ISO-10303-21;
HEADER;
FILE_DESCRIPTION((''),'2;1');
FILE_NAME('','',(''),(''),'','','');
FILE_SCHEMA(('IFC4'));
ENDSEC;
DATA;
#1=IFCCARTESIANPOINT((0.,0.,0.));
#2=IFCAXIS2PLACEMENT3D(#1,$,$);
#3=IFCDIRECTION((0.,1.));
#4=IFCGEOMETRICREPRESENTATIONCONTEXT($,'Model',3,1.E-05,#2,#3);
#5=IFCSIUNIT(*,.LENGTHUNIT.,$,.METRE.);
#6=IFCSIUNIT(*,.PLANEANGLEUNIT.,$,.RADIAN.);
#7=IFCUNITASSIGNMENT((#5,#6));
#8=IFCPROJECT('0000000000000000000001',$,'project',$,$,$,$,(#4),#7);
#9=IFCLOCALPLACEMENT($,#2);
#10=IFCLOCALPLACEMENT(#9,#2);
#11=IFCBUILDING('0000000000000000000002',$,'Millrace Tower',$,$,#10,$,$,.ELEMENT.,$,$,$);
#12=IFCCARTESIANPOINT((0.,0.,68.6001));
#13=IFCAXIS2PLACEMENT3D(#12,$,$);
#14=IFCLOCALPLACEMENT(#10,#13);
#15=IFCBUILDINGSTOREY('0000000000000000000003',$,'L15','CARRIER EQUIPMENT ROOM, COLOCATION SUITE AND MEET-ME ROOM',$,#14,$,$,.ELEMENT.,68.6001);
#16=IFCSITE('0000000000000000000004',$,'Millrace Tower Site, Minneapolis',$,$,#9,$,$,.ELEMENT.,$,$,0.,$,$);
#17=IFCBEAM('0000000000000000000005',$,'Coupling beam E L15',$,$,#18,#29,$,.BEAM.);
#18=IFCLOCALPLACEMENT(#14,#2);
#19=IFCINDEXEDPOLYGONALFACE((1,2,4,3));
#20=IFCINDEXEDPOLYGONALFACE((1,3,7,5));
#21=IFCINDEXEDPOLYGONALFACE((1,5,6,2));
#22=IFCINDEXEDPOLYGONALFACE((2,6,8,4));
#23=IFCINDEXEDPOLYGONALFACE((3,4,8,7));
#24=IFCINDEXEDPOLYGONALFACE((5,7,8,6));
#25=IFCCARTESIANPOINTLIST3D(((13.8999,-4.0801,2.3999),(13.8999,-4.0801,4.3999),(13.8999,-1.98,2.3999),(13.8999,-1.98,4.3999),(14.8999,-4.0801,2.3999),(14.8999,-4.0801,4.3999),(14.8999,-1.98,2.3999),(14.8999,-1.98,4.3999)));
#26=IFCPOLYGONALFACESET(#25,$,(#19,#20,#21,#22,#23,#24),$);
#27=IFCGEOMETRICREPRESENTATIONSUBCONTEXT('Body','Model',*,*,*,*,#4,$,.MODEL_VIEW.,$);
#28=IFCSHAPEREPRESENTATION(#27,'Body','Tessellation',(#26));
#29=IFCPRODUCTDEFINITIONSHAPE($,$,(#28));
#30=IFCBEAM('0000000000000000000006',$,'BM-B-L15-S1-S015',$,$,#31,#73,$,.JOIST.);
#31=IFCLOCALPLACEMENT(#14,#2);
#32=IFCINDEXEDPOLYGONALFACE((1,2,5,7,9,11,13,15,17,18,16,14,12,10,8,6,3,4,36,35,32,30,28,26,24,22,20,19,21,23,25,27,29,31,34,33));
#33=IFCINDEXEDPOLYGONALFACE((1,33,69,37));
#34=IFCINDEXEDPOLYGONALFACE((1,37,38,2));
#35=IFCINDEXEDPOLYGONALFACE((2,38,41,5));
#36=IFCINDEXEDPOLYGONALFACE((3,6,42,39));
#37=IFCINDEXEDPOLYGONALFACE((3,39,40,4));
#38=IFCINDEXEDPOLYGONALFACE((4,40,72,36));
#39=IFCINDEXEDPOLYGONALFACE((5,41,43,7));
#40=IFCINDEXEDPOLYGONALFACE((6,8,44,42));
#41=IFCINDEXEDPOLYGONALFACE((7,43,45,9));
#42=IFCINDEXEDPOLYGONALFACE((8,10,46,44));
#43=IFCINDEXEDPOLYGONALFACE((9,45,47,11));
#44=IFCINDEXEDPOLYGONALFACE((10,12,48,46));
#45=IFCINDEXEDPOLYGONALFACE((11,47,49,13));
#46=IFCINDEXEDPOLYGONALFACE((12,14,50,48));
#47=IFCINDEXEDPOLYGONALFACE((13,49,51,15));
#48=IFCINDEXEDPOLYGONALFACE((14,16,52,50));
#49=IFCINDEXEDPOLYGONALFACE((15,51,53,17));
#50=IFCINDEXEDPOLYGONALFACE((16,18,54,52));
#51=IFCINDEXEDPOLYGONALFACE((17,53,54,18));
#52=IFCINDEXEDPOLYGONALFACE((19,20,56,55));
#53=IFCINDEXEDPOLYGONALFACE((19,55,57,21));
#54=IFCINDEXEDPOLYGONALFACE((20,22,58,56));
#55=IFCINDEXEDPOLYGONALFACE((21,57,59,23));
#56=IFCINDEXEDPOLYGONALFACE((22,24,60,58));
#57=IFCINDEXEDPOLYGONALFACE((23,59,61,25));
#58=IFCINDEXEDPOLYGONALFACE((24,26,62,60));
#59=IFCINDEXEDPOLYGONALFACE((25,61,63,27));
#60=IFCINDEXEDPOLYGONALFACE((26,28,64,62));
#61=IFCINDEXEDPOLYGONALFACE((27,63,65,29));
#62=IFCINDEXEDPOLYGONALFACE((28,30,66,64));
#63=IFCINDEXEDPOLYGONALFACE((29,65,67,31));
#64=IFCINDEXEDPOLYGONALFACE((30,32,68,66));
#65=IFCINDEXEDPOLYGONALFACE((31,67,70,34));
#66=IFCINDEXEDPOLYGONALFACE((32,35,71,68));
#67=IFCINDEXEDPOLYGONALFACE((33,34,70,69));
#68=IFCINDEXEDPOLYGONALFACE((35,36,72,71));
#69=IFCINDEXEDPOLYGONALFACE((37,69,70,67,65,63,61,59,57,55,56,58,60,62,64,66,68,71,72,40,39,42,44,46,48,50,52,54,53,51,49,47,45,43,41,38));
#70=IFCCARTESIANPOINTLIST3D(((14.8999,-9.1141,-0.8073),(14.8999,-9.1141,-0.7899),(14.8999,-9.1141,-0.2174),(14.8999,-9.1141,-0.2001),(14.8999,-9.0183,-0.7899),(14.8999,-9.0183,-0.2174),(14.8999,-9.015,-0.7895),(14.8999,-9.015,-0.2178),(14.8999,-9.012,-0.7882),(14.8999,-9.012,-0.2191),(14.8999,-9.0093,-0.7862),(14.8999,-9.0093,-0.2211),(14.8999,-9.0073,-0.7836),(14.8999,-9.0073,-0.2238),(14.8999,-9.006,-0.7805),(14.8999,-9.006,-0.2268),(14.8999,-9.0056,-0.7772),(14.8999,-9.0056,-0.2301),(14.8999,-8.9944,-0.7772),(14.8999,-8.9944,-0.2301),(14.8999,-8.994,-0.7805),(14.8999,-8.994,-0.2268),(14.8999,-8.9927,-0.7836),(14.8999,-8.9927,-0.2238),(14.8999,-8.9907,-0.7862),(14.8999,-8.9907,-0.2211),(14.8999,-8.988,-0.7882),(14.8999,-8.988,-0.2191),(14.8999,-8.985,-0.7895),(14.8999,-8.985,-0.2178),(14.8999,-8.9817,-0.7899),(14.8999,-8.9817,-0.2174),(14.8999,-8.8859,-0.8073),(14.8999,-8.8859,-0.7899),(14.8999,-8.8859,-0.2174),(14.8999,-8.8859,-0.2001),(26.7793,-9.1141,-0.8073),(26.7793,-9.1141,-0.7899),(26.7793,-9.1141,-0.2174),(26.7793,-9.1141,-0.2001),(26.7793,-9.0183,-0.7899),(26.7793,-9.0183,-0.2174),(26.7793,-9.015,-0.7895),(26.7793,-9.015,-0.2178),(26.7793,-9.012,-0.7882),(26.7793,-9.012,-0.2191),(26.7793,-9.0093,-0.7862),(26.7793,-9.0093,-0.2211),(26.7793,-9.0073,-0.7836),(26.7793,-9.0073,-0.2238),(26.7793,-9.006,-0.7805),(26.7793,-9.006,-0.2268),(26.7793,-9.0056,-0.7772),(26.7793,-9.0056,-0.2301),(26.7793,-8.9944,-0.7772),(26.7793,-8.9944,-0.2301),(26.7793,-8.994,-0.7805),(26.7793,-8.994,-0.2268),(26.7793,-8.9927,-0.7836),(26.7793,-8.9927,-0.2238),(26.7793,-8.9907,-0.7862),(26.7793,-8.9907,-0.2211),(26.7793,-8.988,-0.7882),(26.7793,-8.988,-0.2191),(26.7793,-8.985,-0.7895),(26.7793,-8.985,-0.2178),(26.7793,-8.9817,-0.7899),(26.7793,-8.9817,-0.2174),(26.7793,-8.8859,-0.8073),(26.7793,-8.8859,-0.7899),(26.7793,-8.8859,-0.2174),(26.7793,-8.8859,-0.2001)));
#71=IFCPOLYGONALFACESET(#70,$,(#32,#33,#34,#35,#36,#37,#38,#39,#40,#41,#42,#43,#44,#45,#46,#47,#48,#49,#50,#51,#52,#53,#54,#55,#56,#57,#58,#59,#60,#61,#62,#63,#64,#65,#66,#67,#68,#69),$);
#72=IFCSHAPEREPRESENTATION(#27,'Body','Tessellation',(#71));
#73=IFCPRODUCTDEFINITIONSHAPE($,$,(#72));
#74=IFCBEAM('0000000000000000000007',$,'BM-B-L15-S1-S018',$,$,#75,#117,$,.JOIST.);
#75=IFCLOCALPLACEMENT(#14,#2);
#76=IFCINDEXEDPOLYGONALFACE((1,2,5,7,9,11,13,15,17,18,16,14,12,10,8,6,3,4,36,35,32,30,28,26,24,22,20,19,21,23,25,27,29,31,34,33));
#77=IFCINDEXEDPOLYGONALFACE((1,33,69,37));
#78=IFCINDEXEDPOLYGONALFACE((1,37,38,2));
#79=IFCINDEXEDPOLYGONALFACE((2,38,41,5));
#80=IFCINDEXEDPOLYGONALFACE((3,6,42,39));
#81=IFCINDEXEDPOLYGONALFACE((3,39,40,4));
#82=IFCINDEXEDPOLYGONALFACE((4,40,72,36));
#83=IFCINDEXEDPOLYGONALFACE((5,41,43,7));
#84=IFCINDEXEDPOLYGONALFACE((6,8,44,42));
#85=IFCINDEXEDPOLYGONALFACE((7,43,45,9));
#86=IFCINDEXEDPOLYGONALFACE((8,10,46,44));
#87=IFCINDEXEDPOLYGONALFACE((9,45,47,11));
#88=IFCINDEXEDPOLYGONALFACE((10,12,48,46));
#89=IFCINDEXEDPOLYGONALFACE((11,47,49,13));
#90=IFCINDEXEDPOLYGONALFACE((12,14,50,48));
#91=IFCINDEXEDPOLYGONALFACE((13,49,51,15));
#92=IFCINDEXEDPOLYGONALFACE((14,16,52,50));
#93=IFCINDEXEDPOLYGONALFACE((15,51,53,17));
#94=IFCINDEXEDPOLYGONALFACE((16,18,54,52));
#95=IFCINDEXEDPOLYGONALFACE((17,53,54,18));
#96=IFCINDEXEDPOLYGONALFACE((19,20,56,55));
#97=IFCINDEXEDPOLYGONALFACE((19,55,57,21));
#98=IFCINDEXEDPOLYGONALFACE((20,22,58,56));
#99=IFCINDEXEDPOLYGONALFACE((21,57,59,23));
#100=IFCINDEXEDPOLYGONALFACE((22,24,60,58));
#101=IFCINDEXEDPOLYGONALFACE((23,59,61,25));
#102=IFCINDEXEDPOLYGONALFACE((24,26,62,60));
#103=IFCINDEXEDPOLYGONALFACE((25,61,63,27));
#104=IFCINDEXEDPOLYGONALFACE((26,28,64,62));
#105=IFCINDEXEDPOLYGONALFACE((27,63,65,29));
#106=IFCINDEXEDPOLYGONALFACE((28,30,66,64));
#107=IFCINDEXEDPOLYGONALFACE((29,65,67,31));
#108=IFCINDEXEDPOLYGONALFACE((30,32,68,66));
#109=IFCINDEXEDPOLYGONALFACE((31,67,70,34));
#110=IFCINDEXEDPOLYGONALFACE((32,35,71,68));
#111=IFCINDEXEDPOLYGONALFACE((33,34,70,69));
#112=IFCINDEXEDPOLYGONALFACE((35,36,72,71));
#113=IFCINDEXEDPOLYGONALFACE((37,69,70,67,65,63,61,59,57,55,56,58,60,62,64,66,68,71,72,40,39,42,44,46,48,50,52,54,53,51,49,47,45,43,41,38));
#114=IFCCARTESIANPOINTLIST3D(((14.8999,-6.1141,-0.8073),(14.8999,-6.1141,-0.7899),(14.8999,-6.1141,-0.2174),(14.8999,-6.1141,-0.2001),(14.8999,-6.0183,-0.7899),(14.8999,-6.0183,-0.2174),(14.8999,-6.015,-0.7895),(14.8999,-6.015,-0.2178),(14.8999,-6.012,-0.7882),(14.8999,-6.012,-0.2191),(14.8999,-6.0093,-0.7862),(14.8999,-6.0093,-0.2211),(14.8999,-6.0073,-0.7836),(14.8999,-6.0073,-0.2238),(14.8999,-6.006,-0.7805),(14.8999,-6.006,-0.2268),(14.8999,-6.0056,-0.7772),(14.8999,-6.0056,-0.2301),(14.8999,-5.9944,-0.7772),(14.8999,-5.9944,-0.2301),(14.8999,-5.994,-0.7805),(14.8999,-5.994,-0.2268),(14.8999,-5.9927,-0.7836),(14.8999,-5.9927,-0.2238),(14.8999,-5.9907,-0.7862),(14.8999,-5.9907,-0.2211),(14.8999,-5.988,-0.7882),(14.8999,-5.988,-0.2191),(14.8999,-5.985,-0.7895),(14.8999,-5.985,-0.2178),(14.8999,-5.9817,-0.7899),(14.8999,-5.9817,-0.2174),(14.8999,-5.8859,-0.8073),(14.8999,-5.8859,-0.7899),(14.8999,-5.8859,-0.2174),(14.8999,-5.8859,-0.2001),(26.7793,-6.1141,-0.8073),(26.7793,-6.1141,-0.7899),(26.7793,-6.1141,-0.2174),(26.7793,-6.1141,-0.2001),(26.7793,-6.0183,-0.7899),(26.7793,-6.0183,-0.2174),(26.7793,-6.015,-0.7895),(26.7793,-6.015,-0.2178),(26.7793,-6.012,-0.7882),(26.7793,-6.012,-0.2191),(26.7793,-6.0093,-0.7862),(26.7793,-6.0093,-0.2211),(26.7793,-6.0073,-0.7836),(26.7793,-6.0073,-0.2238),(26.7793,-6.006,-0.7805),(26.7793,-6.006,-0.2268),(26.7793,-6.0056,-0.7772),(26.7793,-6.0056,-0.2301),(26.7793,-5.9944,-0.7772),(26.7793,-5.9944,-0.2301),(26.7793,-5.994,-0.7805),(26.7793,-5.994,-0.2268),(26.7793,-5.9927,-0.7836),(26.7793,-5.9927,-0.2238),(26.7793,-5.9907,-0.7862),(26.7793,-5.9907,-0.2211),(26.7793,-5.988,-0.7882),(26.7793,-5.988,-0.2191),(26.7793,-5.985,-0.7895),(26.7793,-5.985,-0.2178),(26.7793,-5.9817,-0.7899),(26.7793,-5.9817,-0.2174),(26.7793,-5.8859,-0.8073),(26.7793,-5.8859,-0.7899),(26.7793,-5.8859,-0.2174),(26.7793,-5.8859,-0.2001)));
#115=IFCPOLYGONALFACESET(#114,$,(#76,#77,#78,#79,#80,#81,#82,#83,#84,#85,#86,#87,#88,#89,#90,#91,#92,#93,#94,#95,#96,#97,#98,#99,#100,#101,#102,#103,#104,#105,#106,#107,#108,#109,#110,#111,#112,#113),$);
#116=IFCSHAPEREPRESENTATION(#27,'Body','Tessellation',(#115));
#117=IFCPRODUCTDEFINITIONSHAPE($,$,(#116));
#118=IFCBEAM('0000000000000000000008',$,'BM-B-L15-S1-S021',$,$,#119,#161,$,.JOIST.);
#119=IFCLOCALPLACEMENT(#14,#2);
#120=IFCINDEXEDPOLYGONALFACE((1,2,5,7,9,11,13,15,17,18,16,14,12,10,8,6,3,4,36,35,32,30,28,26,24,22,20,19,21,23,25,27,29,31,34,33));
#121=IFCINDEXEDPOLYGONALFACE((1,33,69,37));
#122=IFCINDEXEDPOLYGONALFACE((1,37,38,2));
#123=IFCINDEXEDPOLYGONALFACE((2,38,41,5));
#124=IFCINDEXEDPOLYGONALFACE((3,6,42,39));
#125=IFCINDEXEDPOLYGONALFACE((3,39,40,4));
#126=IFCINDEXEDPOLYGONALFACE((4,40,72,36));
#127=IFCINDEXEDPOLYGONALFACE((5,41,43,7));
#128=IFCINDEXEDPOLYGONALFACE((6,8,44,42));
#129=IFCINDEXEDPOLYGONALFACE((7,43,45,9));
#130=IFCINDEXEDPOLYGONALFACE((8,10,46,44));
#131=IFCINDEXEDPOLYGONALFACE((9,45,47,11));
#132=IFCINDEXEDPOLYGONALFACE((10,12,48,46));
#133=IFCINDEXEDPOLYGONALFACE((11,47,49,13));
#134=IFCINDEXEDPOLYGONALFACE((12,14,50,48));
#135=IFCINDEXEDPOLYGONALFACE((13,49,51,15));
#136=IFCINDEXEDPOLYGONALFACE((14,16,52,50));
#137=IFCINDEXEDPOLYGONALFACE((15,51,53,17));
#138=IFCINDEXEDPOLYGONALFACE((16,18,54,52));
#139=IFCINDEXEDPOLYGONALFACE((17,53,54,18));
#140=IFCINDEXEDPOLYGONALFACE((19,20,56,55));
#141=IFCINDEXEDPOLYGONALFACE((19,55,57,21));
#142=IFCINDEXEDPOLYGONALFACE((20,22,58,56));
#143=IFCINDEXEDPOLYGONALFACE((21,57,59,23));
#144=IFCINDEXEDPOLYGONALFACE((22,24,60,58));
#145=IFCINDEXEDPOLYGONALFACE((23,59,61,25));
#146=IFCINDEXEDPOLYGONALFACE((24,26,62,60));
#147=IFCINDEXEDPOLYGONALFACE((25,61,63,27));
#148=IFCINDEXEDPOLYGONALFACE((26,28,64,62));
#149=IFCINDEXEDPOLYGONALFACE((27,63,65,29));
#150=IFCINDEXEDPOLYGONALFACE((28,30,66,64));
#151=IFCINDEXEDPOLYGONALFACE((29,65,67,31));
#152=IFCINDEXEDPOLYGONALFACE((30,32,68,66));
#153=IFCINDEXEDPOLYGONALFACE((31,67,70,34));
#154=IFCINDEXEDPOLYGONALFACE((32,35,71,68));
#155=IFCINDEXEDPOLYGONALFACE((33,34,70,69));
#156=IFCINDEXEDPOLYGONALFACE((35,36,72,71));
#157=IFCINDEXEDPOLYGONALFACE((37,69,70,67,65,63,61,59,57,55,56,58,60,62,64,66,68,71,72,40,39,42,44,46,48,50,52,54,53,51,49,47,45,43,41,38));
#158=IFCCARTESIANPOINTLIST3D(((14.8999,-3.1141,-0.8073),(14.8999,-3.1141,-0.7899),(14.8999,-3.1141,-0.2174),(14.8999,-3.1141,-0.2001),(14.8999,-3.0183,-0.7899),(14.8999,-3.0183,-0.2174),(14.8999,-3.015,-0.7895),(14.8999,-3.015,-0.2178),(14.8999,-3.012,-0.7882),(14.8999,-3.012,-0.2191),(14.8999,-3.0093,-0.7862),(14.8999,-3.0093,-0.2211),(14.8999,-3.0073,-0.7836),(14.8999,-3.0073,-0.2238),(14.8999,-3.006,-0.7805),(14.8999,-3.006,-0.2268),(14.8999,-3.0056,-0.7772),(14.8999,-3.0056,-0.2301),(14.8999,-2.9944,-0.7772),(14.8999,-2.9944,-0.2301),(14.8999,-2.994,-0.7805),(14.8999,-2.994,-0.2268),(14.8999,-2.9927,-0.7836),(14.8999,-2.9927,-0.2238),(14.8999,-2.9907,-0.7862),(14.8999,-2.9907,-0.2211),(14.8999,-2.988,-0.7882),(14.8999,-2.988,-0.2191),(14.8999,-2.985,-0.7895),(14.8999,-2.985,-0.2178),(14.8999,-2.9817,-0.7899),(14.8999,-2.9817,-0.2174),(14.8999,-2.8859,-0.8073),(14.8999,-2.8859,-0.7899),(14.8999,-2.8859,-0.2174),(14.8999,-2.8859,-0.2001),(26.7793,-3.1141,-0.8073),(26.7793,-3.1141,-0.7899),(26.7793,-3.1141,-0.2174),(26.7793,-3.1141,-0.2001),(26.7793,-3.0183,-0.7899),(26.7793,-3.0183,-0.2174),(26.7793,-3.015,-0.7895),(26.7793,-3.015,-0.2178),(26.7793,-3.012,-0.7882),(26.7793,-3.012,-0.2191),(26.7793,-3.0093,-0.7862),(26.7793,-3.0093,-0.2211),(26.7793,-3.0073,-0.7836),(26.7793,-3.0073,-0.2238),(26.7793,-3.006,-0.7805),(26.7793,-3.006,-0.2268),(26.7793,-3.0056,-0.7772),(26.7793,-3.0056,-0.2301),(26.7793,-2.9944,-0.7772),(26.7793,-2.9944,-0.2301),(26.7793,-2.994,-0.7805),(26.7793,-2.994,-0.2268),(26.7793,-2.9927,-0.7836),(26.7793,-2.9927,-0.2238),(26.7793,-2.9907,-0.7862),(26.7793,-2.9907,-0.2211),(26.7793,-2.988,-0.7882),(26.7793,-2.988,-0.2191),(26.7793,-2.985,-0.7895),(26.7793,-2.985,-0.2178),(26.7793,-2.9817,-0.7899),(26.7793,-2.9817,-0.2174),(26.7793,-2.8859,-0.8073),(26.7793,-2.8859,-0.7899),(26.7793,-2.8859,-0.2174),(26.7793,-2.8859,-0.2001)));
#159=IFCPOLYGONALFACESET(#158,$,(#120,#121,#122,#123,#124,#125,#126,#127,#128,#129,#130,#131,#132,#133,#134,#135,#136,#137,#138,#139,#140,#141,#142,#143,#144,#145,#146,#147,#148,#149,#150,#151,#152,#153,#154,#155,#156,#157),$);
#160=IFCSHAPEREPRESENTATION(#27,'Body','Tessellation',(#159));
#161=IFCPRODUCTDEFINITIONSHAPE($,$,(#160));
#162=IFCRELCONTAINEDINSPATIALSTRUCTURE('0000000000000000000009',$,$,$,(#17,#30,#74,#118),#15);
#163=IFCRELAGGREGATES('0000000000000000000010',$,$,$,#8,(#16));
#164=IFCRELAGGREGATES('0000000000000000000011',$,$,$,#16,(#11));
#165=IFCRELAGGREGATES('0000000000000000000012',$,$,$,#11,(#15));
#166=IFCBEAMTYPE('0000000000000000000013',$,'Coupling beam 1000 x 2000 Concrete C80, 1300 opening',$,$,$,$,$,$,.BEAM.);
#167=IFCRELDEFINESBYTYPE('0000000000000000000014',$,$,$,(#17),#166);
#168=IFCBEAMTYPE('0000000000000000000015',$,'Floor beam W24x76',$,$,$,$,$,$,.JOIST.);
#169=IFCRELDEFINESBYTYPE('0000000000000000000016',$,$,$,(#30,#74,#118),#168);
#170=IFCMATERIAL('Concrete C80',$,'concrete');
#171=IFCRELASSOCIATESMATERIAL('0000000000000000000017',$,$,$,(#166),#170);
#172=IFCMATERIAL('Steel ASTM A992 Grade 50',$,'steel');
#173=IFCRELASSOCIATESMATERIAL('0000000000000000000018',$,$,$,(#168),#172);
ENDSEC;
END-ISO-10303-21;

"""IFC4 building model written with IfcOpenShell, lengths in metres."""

from ifc_helpers import new_model, si_unit, direction, frame, origin, origin_2d, place, context, subcontext, project, spatial, rectangle, i_section, extrude, material, material_profile, profile_set, type_object, element, save


model = new_model("IFC4")

# Units and contexts
model_context = context("Model", 3, precision=1e-05, world=origin(), true_north=direction((0.0, 1.0)))
body_context = subcontext(model_context, "Body", "Model", "MODEL_VIEW")
ifc_project = project(units=[si_unit("LENGTHUNIT", "METRE"), si_unit("PLANEANGLEUNIT", "RADIAN")], contexts=[model_context])

# Site, building, storey
site_placement = place(None, origin())
site = spatial("IfcSite", under=ifc_project, at=site_placement, Name="Millrace Tower Site, Minneapolis", CompositionType="ELEMENT", RefElevation=0.0)
building_placement = place(site_placement, origin())
building = spatial("IfcBuilding", under=site, at=building_placement, Name="Millrace Tower", CompositionType="ELEMENT")
storey_placement = place(building_placement, frame((0.0, 0.0, 68.6001)))
storey = spatial("IfcBuildingStorey", under=building, at=storey_placement, Name="L15", Description="CARRIER EQUIPMENT ROOM, COLOCATION SUITE AND MEET-ME ROOM", CompositionType="ELEMENT", Elevation=68.6001)

# Beams
ifc_material_1 = material(Name="Concrete C80", Category="concrete")
ifc_material_profile_1 = material_profile(ifc_material_1, rectangle(XDim=1.0, YDim=2.0, at=origin_2d()))
ifc_profile_set_1 = profile_set([ifc_material_profile_1], Name="Concrete C80")
beam_type_1 = type_object("IfcBeamType", Name="Coupling beam 1000 x 2000 Concrete C80, 1300 opening", PredefinedType="BEAM", material=ifc_profile_set_1)
beam_placement = place(storey_placement, frame((14.3999, -1.98, 3.3999), z_axis=(0.0, -1.0, 0.0), x_axis=(1.0, 0.0, 0.0)))
element("IfcBeam", 1, at=beam_placement, inside=storey, type_object=beam_type_1, Name="Coupling beam E L15", PredefinedType="BEAM", context=body_context, shape_type="SweptSolid", body=[
    extrude(rectangle(XDim=1.0, YDim=2.0, at=origin_2d()), origin(), (0.0, 0.0, 1.0), 2.1001),
])
ifc_material_2 = material(Name="Steel ASTM A992 Grade 50", Category="steel")
ifc_material_profile_2 = material_profile(ifc_material_2, i_section(OverallWidth=0.2283, OverallDepth=0.6072, WebThickness=0.0112, FlangeThickness=0.0173, FilletRadius=0.0127, at=origin_2d()))
ifc_profile_set_2 = profile_set([ifc_material_profile_2], Name="Steel ASTM A992 Grade 50")
beam_type_2 = type_object("IfcBeamType", Name="Floor beam W24x76", PredefinedType="JOIST", material=ifc_profile_set_2)
for number, where, z_axis, x_axis, name in (
    (2, (14.8999, -9.0, -0.5037), (1.0, 0.0, 0.0), (0.0, 1.0, 0.0), "BM-B-L15-S1-S015"),
    (3, (14.8999, -6.0, -0.5037), (1.0, 0.0, 0.0), (0.0, 1.0, 0.0), "BM-B-L15-S1-S018"),
    (4, (14.8999, -3.0, -0.5037), (1.0, 0.0, 0.0), (0.0, 1.0, 0.0), "BM-B-L15-S1-S021"),
):
    element("IfcBeam", number, at=place(storey_placement, frame(where, z_axis=z_axis, x_axis=x_axis)), inside=storey, type_object=beam_type_2, Name=name, PredefinedType="JOIST", context=body_context, shape_type="SweptSolid", body=[
        extrude(i_section(OverallWidth=0.2283, OverallDepth=0.6072, WebThickness=0.0112, FlangeThickness=0.0173, FilletRadius=0.0127, at=origin_2d()), origin(), (0.0, 0.0, 1.0), 11.8794),
    ])

save(model, "model.ifc")
